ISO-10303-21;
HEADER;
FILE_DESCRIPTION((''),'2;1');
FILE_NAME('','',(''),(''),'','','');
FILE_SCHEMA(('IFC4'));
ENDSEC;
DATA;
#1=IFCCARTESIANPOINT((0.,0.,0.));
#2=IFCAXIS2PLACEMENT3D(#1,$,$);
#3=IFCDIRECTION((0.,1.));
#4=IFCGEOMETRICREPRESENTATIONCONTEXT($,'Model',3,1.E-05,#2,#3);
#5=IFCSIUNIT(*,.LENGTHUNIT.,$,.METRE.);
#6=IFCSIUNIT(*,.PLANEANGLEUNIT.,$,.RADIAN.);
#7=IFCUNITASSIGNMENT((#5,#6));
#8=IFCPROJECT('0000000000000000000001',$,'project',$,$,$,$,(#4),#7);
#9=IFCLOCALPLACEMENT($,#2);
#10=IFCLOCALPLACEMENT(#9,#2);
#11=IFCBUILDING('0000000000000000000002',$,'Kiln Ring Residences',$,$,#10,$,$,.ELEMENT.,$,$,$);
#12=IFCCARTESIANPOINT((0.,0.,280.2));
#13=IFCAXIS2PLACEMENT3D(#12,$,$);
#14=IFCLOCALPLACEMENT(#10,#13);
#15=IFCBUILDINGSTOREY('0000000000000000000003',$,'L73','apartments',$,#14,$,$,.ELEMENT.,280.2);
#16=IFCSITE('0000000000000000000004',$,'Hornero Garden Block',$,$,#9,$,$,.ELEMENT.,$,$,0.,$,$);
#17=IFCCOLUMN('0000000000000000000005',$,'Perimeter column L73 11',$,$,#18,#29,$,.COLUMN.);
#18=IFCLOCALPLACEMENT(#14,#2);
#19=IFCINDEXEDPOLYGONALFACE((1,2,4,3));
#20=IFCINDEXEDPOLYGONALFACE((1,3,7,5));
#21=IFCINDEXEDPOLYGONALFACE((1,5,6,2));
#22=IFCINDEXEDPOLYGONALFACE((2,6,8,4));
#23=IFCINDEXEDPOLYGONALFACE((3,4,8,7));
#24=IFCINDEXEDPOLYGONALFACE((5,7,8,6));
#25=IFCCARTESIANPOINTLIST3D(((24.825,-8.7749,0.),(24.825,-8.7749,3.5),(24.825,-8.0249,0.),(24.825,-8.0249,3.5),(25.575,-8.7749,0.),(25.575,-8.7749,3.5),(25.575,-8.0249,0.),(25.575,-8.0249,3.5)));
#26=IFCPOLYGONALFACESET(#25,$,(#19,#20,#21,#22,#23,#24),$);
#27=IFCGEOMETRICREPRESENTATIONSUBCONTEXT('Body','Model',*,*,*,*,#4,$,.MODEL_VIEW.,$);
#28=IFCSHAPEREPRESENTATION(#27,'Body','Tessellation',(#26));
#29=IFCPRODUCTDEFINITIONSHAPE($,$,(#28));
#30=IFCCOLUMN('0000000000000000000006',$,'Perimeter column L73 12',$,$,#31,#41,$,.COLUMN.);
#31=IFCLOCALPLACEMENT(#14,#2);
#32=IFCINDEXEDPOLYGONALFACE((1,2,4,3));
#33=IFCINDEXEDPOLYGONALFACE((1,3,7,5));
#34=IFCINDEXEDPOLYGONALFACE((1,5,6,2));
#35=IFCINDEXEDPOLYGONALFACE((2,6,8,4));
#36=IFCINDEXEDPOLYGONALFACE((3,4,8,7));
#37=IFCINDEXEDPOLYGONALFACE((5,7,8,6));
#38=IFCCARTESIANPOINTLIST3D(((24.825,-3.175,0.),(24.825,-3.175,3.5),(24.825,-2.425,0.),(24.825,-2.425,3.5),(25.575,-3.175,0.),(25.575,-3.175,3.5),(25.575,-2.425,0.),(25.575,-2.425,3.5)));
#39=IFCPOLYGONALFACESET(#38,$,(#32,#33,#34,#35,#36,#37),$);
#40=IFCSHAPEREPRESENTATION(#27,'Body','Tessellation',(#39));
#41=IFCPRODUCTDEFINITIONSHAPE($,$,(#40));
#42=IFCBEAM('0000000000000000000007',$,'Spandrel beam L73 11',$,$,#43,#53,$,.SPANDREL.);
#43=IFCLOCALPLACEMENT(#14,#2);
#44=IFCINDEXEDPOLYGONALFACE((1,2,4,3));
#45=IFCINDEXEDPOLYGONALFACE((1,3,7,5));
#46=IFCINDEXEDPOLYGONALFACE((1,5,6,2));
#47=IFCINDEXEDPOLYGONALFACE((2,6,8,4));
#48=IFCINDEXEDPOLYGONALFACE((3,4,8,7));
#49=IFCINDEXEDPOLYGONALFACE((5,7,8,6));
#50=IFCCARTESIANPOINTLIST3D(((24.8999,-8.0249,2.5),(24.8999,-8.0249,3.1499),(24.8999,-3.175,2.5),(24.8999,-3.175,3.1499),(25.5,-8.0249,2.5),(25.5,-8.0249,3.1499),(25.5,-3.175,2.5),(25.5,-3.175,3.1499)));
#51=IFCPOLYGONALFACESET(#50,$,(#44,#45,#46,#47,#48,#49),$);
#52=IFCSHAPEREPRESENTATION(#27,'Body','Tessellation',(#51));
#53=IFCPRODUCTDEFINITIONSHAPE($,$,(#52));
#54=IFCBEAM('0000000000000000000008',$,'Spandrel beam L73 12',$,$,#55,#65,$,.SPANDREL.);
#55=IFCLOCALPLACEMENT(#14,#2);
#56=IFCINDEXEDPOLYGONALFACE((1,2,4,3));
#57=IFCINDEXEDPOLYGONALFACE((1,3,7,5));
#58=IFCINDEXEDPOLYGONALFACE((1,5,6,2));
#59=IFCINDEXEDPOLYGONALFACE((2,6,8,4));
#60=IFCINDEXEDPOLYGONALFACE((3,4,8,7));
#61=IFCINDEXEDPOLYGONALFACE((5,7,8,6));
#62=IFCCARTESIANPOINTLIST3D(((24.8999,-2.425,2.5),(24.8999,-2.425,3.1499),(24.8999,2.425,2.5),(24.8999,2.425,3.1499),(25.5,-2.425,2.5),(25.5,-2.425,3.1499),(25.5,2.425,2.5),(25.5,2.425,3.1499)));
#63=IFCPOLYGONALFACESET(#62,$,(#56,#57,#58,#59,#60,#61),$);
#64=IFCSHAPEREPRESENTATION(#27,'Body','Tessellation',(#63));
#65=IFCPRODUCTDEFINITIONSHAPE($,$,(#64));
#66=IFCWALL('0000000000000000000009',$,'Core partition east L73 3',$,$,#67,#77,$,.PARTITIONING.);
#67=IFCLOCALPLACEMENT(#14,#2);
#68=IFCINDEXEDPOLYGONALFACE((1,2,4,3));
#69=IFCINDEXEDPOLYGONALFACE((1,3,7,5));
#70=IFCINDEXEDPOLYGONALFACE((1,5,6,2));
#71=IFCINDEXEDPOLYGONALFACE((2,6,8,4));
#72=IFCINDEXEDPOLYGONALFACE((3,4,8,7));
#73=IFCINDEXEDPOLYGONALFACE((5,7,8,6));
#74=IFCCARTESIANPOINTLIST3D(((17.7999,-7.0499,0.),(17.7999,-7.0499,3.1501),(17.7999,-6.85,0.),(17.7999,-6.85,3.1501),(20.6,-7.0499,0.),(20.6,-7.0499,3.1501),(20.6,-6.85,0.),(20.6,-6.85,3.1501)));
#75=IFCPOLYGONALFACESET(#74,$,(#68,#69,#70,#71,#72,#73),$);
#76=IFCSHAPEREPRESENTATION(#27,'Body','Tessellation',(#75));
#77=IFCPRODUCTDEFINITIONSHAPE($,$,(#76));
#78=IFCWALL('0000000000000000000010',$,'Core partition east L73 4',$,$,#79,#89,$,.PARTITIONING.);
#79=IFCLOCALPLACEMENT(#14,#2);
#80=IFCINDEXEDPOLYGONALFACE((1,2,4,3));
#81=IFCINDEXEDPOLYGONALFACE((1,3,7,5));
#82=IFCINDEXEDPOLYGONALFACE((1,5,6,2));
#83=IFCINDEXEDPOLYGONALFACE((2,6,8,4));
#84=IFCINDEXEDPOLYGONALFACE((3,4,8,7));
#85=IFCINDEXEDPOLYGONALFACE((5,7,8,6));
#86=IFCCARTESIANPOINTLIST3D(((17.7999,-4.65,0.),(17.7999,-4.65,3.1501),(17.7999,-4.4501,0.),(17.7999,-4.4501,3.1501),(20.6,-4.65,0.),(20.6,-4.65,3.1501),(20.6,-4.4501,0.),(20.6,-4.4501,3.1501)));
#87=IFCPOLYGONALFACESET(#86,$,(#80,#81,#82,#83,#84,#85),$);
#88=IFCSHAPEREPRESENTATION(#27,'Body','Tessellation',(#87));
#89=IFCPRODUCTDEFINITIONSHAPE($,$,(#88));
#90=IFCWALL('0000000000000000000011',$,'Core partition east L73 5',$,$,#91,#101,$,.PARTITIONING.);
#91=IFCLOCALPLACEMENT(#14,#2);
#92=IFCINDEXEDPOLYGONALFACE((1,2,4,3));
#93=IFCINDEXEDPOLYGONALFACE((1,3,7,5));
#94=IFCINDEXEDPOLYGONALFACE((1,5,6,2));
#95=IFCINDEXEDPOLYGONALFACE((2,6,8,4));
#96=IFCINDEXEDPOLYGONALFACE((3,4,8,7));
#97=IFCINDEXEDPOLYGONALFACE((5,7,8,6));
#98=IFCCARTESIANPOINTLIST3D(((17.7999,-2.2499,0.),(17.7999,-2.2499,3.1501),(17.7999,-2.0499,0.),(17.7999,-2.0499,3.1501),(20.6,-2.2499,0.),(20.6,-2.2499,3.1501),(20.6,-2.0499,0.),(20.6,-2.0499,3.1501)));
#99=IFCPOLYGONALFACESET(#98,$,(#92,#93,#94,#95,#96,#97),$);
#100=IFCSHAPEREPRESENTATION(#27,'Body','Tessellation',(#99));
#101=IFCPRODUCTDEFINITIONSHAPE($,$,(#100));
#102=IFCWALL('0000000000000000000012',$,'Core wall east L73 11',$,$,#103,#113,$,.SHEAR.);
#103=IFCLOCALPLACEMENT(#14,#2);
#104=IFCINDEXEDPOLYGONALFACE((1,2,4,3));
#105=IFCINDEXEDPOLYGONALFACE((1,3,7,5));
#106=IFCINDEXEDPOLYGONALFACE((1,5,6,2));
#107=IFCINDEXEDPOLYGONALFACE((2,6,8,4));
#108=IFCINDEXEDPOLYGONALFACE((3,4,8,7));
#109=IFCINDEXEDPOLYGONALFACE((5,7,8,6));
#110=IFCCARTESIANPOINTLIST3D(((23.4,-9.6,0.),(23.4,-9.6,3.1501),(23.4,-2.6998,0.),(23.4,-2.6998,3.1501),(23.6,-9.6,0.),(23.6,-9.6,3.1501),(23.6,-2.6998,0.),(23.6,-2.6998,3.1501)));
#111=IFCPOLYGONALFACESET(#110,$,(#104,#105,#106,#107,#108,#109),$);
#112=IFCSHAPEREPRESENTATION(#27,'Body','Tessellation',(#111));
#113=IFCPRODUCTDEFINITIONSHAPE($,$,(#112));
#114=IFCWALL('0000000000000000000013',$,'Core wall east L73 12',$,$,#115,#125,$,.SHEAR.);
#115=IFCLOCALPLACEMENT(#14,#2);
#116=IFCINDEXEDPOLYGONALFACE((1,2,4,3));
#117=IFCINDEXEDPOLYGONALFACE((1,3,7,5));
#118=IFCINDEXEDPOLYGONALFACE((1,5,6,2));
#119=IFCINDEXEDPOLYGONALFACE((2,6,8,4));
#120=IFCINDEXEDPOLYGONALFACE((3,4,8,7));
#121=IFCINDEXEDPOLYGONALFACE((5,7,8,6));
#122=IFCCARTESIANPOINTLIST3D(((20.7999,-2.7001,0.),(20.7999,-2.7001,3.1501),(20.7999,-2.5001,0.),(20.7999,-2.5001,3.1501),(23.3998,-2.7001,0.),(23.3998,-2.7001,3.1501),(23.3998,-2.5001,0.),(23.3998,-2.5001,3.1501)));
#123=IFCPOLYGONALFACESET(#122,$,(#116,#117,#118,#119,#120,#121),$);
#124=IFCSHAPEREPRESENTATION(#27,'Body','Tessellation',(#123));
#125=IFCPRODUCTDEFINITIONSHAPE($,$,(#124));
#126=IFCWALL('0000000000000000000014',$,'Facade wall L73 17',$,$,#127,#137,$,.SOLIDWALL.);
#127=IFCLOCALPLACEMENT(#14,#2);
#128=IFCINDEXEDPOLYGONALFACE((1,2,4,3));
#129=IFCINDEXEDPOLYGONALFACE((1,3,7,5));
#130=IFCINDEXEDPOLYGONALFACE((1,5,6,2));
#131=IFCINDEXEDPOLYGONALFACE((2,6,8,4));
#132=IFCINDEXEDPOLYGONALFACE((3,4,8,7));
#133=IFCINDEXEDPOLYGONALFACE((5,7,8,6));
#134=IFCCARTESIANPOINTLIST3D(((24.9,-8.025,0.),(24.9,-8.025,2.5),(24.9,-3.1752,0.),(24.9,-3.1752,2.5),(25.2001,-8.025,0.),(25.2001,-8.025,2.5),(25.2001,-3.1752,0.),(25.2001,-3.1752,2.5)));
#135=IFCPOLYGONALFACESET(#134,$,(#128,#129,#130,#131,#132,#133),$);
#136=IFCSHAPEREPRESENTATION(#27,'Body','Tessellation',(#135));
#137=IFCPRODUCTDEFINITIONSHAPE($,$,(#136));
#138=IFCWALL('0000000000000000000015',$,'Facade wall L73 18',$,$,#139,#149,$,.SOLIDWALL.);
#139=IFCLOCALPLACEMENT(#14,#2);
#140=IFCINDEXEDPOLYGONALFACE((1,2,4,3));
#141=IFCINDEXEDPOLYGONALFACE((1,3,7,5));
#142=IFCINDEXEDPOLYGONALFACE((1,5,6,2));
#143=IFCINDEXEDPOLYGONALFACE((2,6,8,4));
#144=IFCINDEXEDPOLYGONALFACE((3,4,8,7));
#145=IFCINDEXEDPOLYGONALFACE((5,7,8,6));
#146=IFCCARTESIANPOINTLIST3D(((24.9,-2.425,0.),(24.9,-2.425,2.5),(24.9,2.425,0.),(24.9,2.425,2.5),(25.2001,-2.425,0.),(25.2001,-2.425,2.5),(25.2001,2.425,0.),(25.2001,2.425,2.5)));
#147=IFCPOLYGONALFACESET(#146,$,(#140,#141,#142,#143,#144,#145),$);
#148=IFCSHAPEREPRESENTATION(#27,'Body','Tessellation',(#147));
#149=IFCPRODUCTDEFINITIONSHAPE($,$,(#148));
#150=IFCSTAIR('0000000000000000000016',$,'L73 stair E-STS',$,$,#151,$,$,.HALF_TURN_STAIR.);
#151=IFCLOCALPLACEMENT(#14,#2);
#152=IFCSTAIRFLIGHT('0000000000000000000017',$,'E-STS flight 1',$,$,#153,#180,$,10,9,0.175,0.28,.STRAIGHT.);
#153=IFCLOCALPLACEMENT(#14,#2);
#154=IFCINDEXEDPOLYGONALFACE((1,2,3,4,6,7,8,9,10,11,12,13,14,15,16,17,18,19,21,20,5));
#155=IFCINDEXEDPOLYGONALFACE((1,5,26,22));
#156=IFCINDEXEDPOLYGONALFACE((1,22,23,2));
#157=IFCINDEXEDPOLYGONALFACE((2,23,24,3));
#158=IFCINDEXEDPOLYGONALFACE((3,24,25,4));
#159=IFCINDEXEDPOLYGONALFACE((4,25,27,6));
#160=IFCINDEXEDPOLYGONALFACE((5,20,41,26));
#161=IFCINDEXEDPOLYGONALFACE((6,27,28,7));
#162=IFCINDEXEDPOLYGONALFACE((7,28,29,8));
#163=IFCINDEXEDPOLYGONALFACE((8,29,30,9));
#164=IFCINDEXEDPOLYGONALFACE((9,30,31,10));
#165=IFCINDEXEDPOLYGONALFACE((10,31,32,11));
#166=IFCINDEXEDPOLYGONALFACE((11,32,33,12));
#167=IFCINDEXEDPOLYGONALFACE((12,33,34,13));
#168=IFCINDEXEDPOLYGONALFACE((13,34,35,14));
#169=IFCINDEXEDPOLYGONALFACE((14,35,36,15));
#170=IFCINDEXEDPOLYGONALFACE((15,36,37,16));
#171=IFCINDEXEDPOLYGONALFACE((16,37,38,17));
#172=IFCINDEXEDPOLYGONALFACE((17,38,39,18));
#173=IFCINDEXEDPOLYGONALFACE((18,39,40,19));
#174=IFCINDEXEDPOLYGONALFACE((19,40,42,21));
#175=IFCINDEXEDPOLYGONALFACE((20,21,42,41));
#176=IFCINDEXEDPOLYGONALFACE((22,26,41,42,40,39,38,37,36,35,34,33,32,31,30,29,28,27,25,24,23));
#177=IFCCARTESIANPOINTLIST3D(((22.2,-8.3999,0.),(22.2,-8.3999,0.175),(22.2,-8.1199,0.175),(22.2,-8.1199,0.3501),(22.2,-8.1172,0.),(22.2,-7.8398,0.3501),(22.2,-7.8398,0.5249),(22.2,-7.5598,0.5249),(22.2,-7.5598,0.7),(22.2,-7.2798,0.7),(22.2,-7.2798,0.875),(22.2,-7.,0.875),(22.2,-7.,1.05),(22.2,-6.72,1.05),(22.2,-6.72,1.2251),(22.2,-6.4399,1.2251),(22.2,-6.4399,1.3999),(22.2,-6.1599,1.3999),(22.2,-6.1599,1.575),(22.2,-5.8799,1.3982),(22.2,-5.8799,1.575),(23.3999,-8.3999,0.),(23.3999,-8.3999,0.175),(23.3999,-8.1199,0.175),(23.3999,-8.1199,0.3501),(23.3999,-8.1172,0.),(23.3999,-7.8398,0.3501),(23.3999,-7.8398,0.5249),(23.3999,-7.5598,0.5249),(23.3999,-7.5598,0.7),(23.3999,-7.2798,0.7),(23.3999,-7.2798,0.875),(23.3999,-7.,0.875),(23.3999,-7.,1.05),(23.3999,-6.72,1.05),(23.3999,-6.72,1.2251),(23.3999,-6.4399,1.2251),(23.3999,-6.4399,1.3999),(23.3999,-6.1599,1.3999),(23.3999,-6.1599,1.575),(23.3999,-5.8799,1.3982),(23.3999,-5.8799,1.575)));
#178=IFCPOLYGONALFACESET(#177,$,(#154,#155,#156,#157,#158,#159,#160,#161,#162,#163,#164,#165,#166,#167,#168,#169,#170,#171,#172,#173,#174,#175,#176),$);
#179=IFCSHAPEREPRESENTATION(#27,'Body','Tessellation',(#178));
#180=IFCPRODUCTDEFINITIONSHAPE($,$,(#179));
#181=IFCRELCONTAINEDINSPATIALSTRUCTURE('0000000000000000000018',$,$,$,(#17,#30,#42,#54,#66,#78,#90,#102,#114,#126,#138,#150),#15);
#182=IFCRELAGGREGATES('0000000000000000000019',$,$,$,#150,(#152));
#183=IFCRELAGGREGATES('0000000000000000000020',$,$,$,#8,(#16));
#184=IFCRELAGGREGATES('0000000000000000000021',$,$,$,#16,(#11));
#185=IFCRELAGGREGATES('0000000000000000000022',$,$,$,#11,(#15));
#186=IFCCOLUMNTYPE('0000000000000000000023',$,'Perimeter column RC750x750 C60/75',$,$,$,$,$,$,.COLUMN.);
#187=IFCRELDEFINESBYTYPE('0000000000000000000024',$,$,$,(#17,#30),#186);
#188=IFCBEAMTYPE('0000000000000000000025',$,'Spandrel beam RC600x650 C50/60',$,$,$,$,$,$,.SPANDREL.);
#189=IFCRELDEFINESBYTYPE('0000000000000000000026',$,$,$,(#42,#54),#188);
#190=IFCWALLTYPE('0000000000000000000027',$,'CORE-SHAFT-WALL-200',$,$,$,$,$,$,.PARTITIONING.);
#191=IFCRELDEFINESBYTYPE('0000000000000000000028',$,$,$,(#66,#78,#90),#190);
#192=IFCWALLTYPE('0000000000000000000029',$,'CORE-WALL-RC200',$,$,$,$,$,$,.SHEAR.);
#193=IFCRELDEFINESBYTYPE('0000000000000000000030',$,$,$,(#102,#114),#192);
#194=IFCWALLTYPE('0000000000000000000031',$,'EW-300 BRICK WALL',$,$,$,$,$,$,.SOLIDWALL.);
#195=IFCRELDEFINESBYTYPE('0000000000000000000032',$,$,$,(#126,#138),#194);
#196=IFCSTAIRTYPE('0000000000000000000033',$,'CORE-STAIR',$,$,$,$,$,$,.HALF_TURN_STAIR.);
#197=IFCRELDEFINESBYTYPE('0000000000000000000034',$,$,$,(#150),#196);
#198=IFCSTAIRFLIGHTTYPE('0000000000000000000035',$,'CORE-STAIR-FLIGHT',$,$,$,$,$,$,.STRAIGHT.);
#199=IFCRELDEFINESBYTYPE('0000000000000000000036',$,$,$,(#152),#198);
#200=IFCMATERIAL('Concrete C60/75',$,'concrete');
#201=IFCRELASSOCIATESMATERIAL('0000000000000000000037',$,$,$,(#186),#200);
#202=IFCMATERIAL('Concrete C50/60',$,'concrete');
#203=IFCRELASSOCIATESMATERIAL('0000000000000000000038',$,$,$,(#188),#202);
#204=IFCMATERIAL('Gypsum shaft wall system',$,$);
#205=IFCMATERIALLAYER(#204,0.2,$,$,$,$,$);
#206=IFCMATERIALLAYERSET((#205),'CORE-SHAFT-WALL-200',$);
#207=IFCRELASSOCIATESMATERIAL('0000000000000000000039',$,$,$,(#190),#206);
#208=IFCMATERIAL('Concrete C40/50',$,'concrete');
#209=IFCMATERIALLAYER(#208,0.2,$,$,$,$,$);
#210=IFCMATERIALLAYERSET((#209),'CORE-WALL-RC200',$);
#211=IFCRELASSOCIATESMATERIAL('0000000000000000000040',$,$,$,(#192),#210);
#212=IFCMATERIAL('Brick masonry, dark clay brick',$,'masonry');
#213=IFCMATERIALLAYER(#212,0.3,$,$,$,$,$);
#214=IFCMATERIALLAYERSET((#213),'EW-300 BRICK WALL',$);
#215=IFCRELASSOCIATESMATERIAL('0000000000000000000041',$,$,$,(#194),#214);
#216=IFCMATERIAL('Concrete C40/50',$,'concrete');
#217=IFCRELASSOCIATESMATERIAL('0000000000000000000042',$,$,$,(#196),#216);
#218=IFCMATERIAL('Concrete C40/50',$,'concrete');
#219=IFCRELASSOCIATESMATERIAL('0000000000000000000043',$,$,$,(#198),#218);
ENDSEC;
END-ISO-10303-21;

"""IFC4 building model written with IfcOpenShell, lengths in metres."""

from ifc_helpers import new_model, si_unit, direction, frame, frame_2d, origin, origin_2d, place, context, subcontext, project, spatial, polyline, rectangle, outline, extrude, material, layer, layer_set, material_profile, profile_set, type_object, element, aggregate, save


model = new_model("IFC4")

# Units and contexts
model_context = context("Model", 3, precision=1e-05, world=origin(), true_north=direction((0.0, 1.0)))
body_context = subcontext(model_context, "Body", "Model", "MODEL_VIEW")
ifc_project = project(units=[si_unit("LENGTHUNIT", "METRE"), si_unit("PLANEANGLEUNIT", "RADIAN")], contexts=[model_context])

# Site, building, storey
site_placement = place(None, origin())
site = spatial("IfcSite", under=ifc_project, at=site_placement, Name="Hornero Garden Block", CompositionType="ELEMENT", RefElevation=0.0)
building_placement = place(site_placement, origin())
building = spatial("IfcBuilding", under=site, at=building_placement, Name="Kiln Ring Residences", CompositionType="ELEMENT")
storey_placement = place(building_placement, frame((0.0, 0.0, 280.2)))
storey = spatial("IfcBuildingStorey", under=building, at=storey_placement, Name="L73", Description="apartments", CompositionType="ELEMENT", Elevation=280.2)

# Columns
ifc_material_1 = material(Name="Concrete C60/75", Category="concrete")
ifc_material_profile_1 = material_profile(ifc_material_1, rectangle(XDim=0.75, YDim=0.75, at=origin_2d()), Name="RC750x750")
ifc_profile_set_1 = profile_set([ifc_material_profile_1], Name="Concrete C60/75")
column_type = type_object("IfcColumnType", Name="Perimeter column RC750x750 C60/75", PredefinedType="COLUMN", material=ifc_profile_set_1)
for number, where, z_axis, x_axis, name in (
    (1, (25.2, -8.3999, 0.0), (0.0, 0.0, 1.0), (1.0, 0.0, 0.0), "Perimeter column L73 11"),
    (2, (25.2, -2.8, 0.0), (0.0, 0.0, 1.0), (1.0, 0.0, 0.0), "Perimeter column L73 12"),
):
    element("IfcColumn", number, at=place(storey_placement, frame(where, z_axis=z_axis, x_axis=x_axis)), inside=storey, type_object=column_type, Name=name, PredefinedType="COLUMN", context=body_context, shape_type="SweptSolid", body=[
        extrude(rectangle(XDim=0.75, YDim=0.75, at=origin_2d()), origin(), (0.0, 0.0, 1.0), 3.5),
    ])

# Beams
ifc_material_2 = material(Name="Concrete C50/60", Category="concrete")
ifc_material_profile_2 = material_profile(ifc_material_2, rectangle(XDim=0.6001, YDim=0.6499, at=origin_2d()), Name="RC600x650")
ifc_profile_set_2 = profile_set([ifc_material_profile_2], Name="Concrete C50/60")
beam_type = type_object("IfcBeamType", Name="Spandrel beam RC600x650 C50/60", PredefinedType="SPANDREL", material=ifc_profile_set_2)
beam_1_placement = place(storey_placement, frame((25.2, -8.0249, 2.825), z_axis=(0.0, 1.0, 0.0), x_axis=(-1.0, 0.0, 0.0)))
element("IfcBeam", 3, at=beam_1_placement, inside=storey, type_object=beam_type, Name="Spandrel beam L73 11", PredefinedType="SPANDREL", context=body_context, shape_type="SweptSolid", body=[
    extrude(rectangle(XDim=0.6001, YDim=0.6499, at=origin_2d()), origin(), (0.0, 0.0, 1.0), 4.8499),
])
beam_2_placement = place(storey_placement, frame((25.2, -2.425, 2.825), z_axis=(0.0, 1.0, 0.0), x_axis=(-1.0, 0.0, 0.0)))
element("IfcBeam", 4, at=beam_2_placement, inside=storey, type_object=beam_type, Name="Spandrel beam L73 12", PredefinedType="SPANDREL", context=body_context, shape_type="SweptSolid", body=[
    extrude(rectangle(XDim=0.6001, YDim=0.6499, at=origin_2d()), origin(), (0.0, 0.0, 1.0), 4.8501),
])

# Walls
ifc_material_3 = material(Name="Gypsum shaft wall system")
ifc_layer_1 = layer(ifc_material_3, 0.2)
ifc_layer_set_1 = layer_set([ifc_layer_1], Name="CORE-SHAFT-WALL-200")
wall_type_1 = type_object("IfcWallType", Name="CORE-SHAFT-WALL-200", PredefinedType="PARTITIONING", material=ifc_layer_set_1)
for number, where, z_axis, x_axis, name in (
    (5, (17.8, -6.95, 0.0), (0.0, 0.0, 1.0), (1.0, 0.0, 0.0), "Core partition east L73 3"),
    (6, (17.8, -4.55, 0.0), (0.0, 0.0, 1.0), (1.0, 0.0, 0.0), "Core partition east L73 4"),
    (7, (17.8, -2.1499, 0.0), (0.0, 0.0, 1.0), (1.0, 0.0, 0.0), "Core partition east L73 5"),
):
    element("IfcWall", number, at=place(storey_placement, frame(where, z_axis=z_axis, x_axis=x_axis)), inside=storey, type_object=wall_type_1, Name=name, PredefinedType="PARTITIONING", context=body_context, shape_type="SweptSolid", body=[
        extrude(rectangle(XDim=2.8, YDim=0.2, at=frame_2d((1.3999, 0.0))), origin(), (0.0, 0.0, 1.0), 3.1501),
    ])
ifc_material_4 = material(Name="Concrete C40/50", Category="concrete")
ifc_layer_2 = layer(ifc_material_4, 0.2)
ifc_layer_set_2 = layer_set([ifc_layer_2], Name="CORE-WALL-RC200")
wall_type_2 = type_object("IfcWallType", Name="CORE-WALL-RC200", PredefinedType="SHEAR", material=ifc_layer_set_2)
wall_1_placement = place(storey_placement, frame((23.5, -9.6001, 0.0), z_axis=(0.0, 0.0, 1.0), x_axis=(0.0, 1.0, 0.0)))
element("IfcWall", 8, at=wall_1_placement, inside=storey, type_object=wall_type_2, Name="Core wall east L73 11", PredefinedType="SHEAR", context=body_context, shape_type="SweptSolid", body=[
    extrude(rectangle(XDim=6.9001, YDim=0.2, at=frame_2d((3.4502, 0.0))), origin(), (0.0, 0.0, 1.0), 3.1501),
])
wall_2_placement = place(storey_placement, frame((20.8, -2.6001, 0.0), z_axis=(0.0, 0.0, 1.0), x_axis=(1.0, 0.0, 0.0)))
element("IfcWall", 9, at=wall_2_placement, inside=storey, type_object=wall_type_2, Name="Core wall east L73 12", PredefinedType="SHEAR", context=body_context, shape_type="SweptSolid", body=[
    extrude(rectangle(XDim=2.5999, YDim=0.2, at=frame_2d((1.2998, 0.0))), origin(), (0.0, 0.0, 1.0), 3.1501),
])
ifc_material_5 = material(Name="Brick masonry, dark clay brick", Category="masonry")
ifc_layer_3 = layer(ifc_material_5, 0.3)
ifc_layer_set_3 = layer_set([ifc_layer_3], Name="EW-300 BRICK WALL")
wall_type_3 = type_object("IfcWallType", Name="EW-300 BRICK WALL", PredefinedType="SOLIDWALL", material=ifc_layer_set_3)
wall_3_placement = place(storey_placement, frame((25.05, -8.0249, 0.0), z_axis=(0.0, 0.0, 1.0), x_axis=(0.0, 1.0, 0.0)))
element("IfcWall", 10, at=wall_3_placement, inside=storey, type_object=wall_type_3, Name="Facade wall L73 17", PredefinedType="SOLIDWALL", context=body_context, shape_type="SweptSolid", body=[
    extrude(rectangle(XDim=4.8499, YDim=0.3, at=frame_2d((2.4248, 0.0))), origin(), (0.0, 0.0, 1.0), 2.5),
])
wall_4_placement = place(storey_placement, frame((25.05, -2.425, 0.0), z_axis=(0.0, 0.0, 1.0), x_axis=(0.0, 1.0, 0.0)))
element("IfcWall", 11, at=wall_4_placement, inside=storey, type_object=wall_type_3, Name="Facade wall L73 18", PredefinedType="SOLIDWALL", context=body_context, shape_type="SweptSolid", body=[
    extrude(rectangle(XDim=4.8501, YDim=0.3, at=frame_2d((2.425, 0.0))), origin(), (0.0, 0.0, 1.0), 2.5),
])

# Stair, stair flight
ifc_material_6 = material(Name="Concrete C40/50", Category="concrete")
stair_type = type_object("IfcStairType", Name="CORE-STAIR", PredefinedType="HALF_TURN_STAIR", material=ifc_material_6)
stair_placement = place(storey_placement, origin())
stair = element("IfcStair", 12, at=stair_placement, inside=storey, type_object=stair_type, Name="L73 stair E-STS", PredefinedType="HALF_TURN_STAIR")
ifc_material_7 = material(Name="Concrete C40/50", Category="concrete")
stair_flight_type = type_object("IfcStairFlightType", Name="CORE-STAIR-FLIGHT", PredefinedType="STRAIGHT", material=ifc_material_7)
stair_flight_1_placement = place(storey_placement, frame((22.8, -8.3999, 0.0), z_axis=(0.0, 0.0, 1.0), x_axis=(0.0, 1.0, 0.0)))
stair_flight_1 = element("IfcStairFlight", 13, at=stair_flight_1_placement, type_object=stair_flight_type, Name="E-STS flight 1", NumberOfRisers=10, NumberOfTreads=9, PredefinedType="STRAIGHT", RiserHeight=0.175, TreadLength=0.28, context=body_context, shape_type="SweptSolid", body=[
    extrude(outline(polyline([(0.0, 0.0), (0.0, 0.175), (0.28, 0.175), (0.28, 0.3501), (0.5601, 0.3501), (0.5601, 0.5249), (0.8401, 0.5249), (0.8401, 0.7), (1.1201, 0.7), (1.1201, 0.875), (1.3999, 0.875), (1.3999, 1.05), (1.6799, 1.05), (1.6799, 1.2251), (1.96, 1.2251), (1.96, 1.3999), (2.24, 1.3999), (2.24, 1.575), (2.52, 1.575), (2.52, 1.75), (2.52, 1.3982), (0.2827, 0.0), (0.0, 0.0)])), frame((0.0, 0.6001, 0.0), z_axis=(0.0, -1.0, 0.0), x_axis=(1.0, 0.0, 0.0)), (0.0, 0.0, 1.0), 1.2),
])
aggregate(stair, [stair_flight_1])

save(model, "model.ifc")
